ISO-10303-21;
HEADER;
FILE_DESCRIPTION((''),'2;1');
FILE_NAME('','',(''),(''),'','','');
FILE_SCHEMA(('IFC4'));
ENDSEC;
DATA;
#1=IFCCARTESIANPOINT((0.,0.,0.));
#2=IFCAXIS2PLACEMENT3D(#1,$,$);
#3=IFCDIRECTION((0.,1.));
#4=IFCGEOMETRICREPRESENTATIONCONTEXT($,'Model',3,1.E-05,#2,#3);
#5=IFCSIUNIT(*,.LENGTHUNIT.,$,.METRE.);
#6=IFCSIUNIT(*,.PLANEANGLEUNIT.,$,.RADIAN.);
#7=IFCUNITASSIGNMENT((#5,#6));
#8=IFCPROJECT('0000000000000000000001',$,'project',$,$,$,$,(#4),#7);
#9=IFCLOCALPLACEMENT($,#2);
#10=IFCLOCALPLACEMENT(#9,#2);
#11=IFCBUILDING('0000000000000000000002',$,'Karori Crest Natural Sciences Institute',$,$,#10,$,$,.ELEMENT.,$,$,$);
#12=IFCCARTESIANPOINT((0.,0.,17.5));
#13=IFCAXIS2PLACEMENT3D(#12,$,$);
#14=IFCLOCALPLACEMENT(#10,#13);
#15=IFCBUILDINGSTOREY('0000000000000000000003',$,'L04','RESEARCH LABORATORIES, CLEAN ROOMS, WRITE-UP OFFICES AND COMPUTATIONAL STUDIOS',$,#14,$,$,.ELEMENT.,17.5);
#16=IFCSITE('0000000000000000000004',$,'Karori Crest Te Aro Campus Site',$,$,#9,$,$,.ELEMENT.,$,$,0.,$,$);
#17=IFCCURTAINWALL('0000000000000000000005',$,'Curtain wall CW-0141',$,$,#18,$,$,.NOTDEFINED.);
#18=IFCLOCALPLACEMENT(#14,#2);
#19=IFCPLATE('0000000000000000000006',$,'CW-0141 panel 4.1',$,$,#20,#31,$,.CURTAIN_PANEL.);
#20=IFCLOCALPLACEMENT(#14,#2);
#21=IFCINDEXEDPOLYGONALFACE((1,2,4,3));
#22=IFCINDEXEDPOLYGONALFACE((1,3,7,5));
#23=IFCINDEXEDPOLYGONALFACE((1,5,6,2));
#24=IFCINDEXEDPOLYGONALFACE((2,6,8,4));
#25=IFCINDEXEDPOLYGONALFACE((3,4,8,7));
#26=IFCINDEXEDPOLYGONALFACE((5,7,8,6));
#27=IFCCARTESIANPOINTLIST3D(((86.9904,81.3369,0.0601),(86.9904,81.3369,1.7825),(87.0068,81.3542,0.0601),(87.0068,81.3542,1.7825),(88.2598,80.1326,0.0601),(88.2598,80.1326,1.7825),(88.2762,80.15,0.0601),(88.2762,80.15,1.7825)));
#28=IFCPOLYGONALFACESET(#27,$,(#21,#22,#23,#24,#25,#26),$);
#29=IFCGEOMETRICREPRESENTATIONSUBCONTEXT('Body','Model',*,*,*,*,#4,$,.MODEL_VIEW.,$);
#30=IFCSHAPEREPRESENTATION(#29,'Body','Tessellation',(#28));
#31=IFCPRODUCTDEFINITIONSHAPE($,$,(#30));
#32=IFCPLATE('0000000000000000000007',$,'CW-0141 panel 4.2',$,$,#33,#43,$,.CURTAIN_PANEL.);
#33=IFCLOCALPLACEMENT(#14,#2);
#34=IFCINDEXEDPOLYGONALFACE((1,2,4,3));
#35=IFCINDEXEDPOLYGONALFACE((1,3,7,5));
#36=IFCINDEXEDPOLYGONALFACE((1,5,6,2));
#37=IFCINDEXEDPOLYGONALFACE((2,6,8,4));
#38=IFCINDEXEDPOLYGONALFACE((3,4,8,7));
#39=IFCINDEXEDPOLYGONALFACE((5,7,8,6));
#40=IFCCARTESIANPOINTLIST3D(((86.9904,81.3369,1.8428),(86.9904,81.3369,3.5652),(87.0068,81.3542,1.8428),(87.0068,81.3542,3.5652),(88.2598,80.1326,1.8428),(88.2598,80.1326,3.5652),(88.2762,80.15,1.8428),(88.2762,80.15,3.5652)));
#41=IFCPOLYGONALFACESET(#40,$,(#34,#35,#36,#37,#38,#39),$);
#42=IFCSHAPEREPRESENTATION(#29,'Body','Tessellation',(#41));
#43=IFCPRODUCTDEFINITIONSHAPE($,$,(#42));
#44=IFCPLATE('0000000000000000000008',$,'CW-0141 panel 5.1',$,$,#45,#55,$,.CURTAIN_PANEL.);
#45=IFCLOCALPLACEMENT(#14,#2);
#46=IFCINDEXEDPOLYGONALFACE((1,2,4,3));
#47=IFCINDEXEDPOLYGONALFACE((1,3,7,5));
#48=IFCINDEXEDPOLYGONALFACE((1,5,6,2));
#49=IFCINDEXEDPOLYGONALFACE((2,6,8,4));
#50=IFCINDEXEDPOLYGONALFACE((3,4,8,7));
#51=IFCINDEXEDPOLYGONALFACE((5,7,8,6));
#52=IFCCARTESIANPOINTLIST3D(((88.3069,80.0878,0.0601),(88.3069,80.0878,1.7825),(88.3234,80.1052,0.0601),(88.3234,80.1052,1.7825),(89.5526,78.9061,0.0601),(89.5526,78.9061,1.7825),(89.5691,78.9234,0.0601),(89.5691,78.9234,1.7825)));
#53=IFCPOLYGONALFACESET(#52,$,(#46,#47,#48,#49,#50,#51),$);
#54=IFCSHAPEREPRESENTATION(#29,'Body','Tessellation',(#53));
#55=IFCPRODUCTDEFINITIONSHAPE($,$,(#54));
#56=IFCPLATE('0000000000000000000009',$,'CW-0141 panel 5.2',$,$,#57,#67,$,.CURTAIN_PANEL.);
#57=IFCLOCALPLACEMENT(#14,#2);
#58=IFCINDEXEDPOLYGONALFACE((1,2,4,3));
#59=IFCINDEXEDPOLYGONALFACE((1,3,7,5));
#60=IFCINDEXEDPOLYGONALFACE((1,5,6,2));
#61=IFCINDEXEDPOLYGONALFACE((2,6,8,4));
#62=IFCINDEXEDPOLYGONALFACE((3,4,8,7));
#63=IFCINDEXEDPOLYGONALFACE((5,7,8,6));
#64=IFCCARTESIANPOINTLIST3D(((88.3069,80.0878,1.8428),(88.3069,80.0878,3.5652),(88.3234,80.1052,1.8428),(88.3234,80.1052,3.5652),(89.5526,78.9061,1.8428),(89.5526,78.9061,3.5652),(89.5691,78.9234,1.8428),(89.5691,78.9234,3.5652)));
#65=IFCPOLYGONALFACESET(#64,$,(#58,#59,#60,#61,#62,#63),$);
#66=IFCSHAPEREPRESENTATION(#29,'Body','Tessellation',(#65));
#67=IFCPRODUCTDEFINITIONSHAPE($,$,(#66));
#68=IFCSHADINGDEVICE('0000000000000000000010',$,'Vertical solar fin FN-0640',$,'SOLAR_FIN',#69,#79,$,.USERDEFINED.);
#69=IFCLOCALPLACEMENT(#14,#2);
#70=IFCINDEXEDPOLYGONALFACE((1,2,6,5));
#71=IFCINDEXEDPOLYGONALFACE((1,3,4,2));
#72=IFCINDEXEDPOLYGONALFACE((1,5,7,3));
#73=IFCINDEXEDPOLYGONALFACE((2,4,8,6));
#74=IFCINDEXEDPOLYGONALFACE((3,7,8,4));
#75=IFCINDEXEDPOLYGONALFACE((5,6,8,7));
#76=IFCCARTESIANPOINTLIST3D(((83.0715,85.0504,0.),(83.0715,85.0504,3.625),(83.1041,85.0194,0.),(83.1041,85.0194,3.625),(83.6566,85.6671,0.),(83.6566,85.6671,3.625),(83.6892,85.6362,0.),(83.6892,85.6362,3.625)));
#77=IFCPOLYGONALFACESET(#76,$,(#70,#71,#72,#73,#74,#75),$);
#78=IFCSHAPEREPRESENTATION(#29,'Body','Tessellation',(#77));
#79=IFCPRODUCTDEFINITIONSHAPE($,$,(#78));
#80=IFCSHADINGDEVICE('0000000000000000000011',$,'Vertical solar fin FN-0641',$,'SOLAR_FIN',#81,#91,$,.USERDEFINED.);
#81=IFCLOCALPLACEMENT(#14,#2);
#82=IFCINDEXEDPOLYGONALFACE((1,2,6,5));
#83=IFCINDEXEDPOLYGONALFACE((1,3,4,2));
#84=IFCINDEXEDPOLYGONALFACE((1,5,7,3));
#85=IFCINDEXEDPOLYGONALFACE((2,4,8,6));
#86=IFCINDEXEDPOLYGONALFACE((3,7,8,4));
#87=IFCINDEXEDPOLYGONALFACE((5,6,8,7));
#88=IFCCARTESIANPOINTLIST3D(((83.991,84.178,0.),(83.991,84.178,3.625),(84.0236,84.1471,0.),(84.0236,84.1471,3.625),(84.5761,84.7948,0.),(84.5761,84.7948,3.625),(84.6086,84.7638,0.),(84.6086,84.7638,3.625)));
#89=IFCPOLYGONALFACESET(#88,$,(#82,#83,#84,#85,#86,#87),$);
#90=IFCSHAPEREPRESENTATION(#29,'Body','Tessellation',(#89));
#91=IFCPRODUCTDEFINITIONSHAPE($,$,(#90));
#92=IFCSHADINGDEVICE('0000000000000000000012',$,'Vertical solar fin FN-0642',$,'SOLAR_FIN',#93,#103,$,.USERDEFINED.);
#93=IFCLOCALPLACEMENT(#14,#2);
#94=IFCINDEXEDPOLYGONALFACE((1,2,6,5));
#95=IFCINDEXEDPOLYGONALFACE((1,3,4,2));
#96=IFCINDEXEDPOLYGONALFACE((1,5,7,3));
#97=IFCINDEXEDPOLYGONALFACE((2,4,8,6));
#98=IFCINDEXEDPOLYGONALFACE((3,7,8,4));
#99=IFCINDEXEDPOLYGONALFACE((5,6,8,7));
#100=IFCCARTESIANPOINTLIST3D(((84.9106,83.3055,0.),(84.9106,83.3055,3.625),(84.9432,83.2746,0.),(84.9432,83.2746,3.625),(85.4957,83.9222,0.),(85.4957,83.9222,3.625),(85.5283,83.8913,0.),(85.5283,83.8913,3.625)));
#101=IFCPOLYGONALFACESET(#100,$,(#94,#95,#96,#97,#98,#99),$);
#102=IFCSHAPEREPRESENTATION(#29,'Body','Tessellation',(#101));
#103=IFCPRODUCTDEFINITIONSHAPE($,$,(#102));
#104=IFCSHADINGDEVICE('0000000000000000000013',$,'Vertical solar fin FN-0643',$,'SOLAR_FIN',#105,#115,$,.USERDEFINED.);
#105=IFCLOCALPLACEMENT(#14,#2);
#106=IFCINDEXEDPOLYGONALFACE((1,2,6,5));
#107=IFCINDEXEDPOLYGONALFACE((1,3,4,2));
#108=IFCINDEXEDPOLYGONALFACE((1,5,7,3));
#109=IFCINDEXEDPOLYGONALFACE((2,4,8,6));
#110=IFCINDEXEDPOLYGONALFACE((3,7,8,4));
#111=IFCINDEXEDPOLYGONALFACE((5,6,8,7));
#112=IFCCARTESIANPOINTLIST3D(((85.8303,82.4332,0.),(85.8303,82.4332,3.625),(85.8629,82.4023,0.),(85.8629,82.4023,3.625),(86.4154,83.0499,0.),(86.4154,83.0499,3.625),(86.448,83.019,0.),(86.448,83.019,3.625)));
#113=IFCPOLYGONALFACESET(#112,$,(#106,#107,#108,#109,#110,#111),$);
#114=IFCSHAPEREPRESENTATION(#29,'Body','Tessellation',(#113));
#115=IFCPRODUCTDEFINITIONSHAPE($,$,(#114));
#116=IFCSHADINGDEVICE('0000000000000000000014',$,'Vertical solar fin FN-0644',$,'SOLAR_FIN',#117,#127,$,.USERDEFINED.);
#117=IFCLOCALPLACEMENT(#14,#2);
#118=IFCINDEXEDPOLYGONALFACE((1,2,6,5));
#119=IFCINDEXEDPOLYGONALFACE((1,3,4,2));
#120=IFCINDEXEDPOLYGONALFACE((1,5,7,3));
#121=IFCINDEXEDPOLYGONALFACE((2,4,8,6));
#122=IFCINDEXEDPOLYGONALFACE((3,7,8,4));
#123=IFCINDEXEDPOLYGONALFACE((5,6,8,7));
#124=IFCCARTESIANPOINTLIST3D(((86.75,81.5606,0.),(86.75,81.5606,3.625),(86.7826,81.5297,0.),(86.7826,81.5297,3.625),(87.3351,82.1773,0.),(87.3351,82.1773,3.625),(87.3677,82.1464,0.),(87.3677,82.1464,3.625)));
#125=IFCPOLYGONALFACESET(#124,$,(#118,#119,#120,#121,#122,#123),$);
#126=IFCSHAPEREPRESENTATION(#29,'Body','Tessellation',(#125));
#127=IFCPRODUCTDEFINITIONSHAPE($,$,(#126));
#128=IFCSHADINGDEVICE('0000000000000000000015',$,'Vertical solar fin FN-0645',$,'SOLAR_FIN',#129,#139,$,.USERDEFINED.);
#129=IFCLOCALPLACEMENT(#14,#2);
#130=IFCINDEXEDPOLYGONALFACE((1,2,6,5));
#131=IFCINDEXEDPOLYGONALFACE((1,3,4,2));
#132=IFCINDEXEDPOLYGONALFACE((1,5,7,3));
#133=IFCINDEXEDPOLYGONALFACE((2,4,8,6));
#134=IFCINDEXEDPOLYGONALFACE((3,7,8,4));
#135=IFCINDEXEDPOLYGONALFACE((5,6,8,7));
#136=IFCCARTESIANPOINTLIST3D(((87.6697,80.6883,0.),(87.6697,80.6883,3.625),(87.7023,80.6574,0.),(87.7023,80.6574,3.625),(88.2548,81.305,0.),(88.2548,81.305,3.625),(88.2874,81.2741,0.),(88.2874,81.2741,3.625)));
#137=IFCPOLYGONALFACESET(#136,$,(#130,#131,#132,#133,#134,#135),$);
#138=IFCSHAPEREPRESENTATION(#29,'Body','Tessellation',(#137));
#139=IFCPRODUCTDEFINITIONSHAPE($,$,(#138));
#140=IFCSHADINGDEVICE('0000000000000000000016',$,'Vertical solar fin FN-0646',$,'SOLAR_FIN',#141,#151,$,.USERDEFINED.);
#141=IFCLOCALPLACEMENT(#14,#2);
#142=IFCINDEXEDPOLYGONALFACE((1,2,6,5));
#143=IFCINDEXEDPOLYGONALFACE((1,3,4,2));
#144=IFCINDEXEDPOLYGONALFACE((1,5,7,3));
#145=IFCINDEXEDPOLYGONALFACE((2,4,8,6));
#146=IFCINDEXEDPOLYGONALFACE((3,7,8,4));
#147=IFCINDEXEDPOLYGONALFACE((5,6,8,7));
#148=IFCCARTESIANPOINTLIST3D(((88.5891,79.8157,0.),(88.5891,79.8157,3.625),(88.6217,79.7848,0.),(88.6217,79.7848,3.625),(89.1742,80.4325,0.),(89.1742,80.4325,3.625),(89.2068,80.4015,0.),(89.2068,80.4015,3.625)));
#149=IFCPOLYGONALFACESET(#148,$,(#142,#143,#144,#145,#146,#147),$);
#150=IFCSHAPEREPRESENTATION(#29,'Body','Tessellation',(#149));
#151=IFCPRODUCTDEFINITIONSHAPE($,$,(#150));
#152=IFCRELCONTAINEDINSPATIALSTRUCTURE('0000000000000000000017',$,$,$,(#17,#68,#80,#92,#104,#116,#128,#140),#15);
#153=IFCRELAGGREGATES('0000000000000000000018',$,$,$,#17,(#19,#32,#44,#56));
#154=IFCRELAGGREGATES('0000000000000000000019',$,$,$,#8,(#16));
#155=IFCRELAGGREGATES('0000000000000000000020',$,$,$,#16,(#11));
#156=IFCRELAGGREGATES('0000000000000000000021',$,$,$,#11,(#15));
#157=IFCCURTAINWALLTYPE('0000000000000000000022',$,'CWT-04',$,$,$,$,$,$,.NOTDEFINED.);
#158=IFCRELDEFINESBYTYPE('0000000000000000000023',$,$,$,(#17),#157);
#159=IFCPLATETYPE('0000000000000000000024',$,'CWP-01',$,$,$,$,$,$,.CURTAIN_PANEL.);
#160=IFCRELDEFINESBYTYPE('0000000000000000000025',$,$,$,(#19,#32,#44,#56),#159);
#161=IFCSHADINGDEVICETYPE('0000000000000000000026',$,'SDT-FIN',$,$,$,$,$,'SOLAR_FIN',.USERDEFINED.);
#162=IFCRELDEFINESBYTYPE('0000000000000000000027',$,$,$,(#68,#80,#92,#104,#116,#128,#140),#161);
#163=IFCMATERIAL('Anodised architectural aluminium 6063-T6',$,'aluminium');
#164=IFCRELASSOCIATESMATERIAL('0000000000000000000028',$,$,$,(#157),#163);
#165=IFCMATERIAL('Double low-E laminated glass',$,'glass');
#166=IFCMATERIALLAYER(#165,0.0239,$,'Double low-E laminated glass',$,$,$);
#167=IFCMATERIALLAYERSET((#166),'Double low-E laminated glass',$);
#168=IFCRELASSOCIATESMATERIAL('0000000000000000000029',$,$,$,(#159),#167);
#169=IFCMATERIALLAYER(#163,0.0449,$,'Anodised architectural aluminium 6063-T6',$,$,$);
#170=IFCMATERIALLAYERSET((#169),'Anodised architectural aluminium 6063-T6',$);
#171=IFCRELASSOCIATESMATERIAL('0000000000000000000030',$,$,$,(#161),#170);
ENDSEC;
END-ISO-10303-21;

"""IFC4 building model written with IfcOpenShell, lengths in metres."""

from ifc_helpers import new_model, si_unit, direction, frame, origin, origin_2d, place, context, subcontext, project, spatial, rectangle, extrude, material, layer, layer_set, type_object, element, aggregate, save


model = new_model("IFC4")

# Units and contexts
model_context = context("Model", 3, precision=1e-05, world=origin(), true_north=direction((0.0, 1.0)))
body_context = subcontext(model_context, "Body", "Model", "MODEL_VIEW")
ifc_project = project(units=[si_unit("LENGTHUNIT", "METRE"), si_unit("PLANEANGLEUNIT", "RADIAN")], contexts=[model_context])

# Site, building, storey
site_placement = place(None, origin())
site = spatial("IfcSite", under=ifc_project, at=site_placement, Name="Karori Crest Te Aro Campus Site", CompositionType="ELEMENT", RefElevation=0.0)
building_placement = place(site_placement, origin())
building = spatial("IfcBuilding", under=site, at=building_placement, Name="Karori Crest Natural Sciences Institute", CompositionType="ELEMENT")
storey_placement = place(building_placement, frame((0.0, 0.0, 17.5)))
storey = spatial("IfcBuildingStorey", under=building, at=storey_placement, Name="L04", Description="RESEARCH LABORATORIES, CLEAN ROOMS, WRITE-UP OFFICES AND COMPUTATIONAL STUDIOS", CompositionType="ELEMENT", Elevation=17.5)

# Curtain wall, plates
ifc_material_1 = material(Name="Anodised architectural aluminium 6063-T6", Category="aluminium")
curtain_wall_type = type_object("IfcCurtainWallType", Name="CWT-04", PredefinedType="NOTDEFINED", material=ifc_material_1)
curtain_wall_placement = place(storey_placement, origin())
curtain_wall = element("IfcCurtainWall", 1, at=curtain_wall_placement, inside=storey, type_object=curtain_wall_type, Name="Curtain wall CW-0141", PredefinedType="NOTDEFINED")
ifc_material_2 = material(Name="Double low-E laminated glass", Category="glass")
ifc_layer_1 = layer(ifc_material_2, 0.0239, Name="Double low-E laminated glass")
ifc_layer_set_1 = layer_set([ifc_layer_1], Name="Double low-E laminated glass")
plate_type = type_object("IfcPlateType", Name="CWP-01", PredefinedType="CURTAIN_PANEL", material=ifc_layer_set_1)
plate_1_placement = place(storey_placement, frame((87.6333, 80.7434, 0.0601), z_axis=(0.0, 0.0, 1.0), x_axis=(0.725471, -0.688252, 0.0)))
plate_1 = element("IfcPlate", 2, at=plate_1_placement, type_object=plate_type, Name="CW-0141 panel 4.1", PredefinedType="CURTAIN_PANEL", context=body_context, shape_type="SweptSolid", body=[
    extrude(rectangle(XDim=1.7498, YDim=0.0239, at=origin_2d()), origin(), (0.0, 0.0, 1.0), 1.7224),
])
plate_2_placement = place(storey_placement, frame((87.6333, 80.7434, 1.8428), z_axis=(0.0, 0.0, 1.0), x_axis=(0.725471, -0.688252, 0.0)))
plate_2 = element("IfcPlate", 3, at=plate_2_placement, type_object=plate_type, Name="CW-0141 panel 4.2", PredefinedType="CURTAIN_PANEL", context=body_context, shape_type="SweptSolid", body=[
    extrude(rectangle(XDim=1.7498, YDim=0.0239, at=origin_2d()), origin(), (0.0, 0.0, 1.0), 1.7224),
])
plate_3_placement = place(storey_placement, frame((88.938, 79.5056, 0.0601), z_axis=(0.0, 0.0, 1.0), x_axis=(0.725471, -0.688252, 0.0)))
plate_3 = element("IfcPlate", 4, at=plate_3_placement, type_object=plate_type, Name="CW-0141 panel 5.1", PredefinedType="CURTAIN_PANEL", context=body_context, shape_type="SweptSolid", body=[
    extrude(rectangle(XDim=1.717, YDim=0.0239, at=origin_2d()), origin(), (0.0, 0.0, 1.0), 1.7224),
])
plate_4_placement = place(storey_placement, frame((88.938, 79.5056, 1.8428), z_axis=(0.0, 0.0, 1.0), x_axis=(0.725471, -0.688252, 0.0)))
plate_4 = element("IfcPlate", 5, at=plate_4_placement, type_object=plate_type, Name="CW-0141 panel 5.2", PredefinedType="CURTAIN_PANEL", context=body_context, shape_type="SweptSolid", body=[
    extrude(rectangle(XDim=1.717, YDim=0.0239, at=origin_2d()), origin(), (0.0, 0.0, 1.0), 1.7224),
])
aggregate(curtain_wall, [plate_1, plate_2, plate_3, plate_4])

# Shading devices
ifc_layer_2 = layer(ifc_material_1, 0.0449, Name="Anodised architectural aluminium 6063-T6")
ifc_layer_set_2 = layer_set([ifc_layer_2], Name="Anodised architectural aluminium 6063-T6")
shading_device_type = type_object("IfcShadingDeviceType", Name="SDT-FIN", ElementType="SOLAR_FIN", PredefinedType="USERDEFINED", material=ifc_layer_set_2)
for number, where, z_axis, x_axis, name in (
    (6, (83.3804, 85.3433, 0.0), (0.0, 0.0, 1.0), (0.688252, 0.725472, 0.0), "Vertical solar fin FN-0640"),
    (7, (84.2998, 84.4709, 0.0), (0.0, 0.0, 1.0), (0.688252, 0.725472, 0.0), "Vertical solar fin FN-0641"),
    (8, (85.2195, 83.5984, 0.0), (0.0, 0.0, 1.0), (0.688252, 0.725472, 0.0), "Vertical solar fin FN-0642"),
    (9, (86.1392, 82.7261, 0.0), (0.0, 0.0, 1.0), (0.688252, 0.725472, 0.0), "Vertical solar fin FN-0643"),
    (10, (87.0588, 81.8535, 0.0), (0.0, 0.0, 1.0), (0.688252, 0.725472, 0.0), "Vertical solar fin FN-0644"),
    (11, (87.9785, 80.9812, 0.0), (0.0, 0.0, 1.0), (0.688252, 0.725472, 0.0), "Vertical solar fin FN-0645"),
    (12, (88.8979, 80.1086, 0.0), (0.0, 0.0, 1.0), (0.688252, 0.725472, 0.0), "Vertical solar fin FN-0646"),
):
    element("IfcShadingDevice", number, at=place(storey_placement, frame(where, z_axis=z_axis, x_axis=x_axis)), inside=storey, type_object=shading_device_type, Name=name, ObjectType="SOLAR_FIN", PredefinedType="USERDEFINED", context=body_context, shape_type="SweptSolid", body=[
        extrude(rectangle(XDim=0.8501, YDim=0.0449, at=origin_2d()), origin(), (0.0, 0.0, 1.0), 3.625),
    ])

save(model, "model.ifc")
